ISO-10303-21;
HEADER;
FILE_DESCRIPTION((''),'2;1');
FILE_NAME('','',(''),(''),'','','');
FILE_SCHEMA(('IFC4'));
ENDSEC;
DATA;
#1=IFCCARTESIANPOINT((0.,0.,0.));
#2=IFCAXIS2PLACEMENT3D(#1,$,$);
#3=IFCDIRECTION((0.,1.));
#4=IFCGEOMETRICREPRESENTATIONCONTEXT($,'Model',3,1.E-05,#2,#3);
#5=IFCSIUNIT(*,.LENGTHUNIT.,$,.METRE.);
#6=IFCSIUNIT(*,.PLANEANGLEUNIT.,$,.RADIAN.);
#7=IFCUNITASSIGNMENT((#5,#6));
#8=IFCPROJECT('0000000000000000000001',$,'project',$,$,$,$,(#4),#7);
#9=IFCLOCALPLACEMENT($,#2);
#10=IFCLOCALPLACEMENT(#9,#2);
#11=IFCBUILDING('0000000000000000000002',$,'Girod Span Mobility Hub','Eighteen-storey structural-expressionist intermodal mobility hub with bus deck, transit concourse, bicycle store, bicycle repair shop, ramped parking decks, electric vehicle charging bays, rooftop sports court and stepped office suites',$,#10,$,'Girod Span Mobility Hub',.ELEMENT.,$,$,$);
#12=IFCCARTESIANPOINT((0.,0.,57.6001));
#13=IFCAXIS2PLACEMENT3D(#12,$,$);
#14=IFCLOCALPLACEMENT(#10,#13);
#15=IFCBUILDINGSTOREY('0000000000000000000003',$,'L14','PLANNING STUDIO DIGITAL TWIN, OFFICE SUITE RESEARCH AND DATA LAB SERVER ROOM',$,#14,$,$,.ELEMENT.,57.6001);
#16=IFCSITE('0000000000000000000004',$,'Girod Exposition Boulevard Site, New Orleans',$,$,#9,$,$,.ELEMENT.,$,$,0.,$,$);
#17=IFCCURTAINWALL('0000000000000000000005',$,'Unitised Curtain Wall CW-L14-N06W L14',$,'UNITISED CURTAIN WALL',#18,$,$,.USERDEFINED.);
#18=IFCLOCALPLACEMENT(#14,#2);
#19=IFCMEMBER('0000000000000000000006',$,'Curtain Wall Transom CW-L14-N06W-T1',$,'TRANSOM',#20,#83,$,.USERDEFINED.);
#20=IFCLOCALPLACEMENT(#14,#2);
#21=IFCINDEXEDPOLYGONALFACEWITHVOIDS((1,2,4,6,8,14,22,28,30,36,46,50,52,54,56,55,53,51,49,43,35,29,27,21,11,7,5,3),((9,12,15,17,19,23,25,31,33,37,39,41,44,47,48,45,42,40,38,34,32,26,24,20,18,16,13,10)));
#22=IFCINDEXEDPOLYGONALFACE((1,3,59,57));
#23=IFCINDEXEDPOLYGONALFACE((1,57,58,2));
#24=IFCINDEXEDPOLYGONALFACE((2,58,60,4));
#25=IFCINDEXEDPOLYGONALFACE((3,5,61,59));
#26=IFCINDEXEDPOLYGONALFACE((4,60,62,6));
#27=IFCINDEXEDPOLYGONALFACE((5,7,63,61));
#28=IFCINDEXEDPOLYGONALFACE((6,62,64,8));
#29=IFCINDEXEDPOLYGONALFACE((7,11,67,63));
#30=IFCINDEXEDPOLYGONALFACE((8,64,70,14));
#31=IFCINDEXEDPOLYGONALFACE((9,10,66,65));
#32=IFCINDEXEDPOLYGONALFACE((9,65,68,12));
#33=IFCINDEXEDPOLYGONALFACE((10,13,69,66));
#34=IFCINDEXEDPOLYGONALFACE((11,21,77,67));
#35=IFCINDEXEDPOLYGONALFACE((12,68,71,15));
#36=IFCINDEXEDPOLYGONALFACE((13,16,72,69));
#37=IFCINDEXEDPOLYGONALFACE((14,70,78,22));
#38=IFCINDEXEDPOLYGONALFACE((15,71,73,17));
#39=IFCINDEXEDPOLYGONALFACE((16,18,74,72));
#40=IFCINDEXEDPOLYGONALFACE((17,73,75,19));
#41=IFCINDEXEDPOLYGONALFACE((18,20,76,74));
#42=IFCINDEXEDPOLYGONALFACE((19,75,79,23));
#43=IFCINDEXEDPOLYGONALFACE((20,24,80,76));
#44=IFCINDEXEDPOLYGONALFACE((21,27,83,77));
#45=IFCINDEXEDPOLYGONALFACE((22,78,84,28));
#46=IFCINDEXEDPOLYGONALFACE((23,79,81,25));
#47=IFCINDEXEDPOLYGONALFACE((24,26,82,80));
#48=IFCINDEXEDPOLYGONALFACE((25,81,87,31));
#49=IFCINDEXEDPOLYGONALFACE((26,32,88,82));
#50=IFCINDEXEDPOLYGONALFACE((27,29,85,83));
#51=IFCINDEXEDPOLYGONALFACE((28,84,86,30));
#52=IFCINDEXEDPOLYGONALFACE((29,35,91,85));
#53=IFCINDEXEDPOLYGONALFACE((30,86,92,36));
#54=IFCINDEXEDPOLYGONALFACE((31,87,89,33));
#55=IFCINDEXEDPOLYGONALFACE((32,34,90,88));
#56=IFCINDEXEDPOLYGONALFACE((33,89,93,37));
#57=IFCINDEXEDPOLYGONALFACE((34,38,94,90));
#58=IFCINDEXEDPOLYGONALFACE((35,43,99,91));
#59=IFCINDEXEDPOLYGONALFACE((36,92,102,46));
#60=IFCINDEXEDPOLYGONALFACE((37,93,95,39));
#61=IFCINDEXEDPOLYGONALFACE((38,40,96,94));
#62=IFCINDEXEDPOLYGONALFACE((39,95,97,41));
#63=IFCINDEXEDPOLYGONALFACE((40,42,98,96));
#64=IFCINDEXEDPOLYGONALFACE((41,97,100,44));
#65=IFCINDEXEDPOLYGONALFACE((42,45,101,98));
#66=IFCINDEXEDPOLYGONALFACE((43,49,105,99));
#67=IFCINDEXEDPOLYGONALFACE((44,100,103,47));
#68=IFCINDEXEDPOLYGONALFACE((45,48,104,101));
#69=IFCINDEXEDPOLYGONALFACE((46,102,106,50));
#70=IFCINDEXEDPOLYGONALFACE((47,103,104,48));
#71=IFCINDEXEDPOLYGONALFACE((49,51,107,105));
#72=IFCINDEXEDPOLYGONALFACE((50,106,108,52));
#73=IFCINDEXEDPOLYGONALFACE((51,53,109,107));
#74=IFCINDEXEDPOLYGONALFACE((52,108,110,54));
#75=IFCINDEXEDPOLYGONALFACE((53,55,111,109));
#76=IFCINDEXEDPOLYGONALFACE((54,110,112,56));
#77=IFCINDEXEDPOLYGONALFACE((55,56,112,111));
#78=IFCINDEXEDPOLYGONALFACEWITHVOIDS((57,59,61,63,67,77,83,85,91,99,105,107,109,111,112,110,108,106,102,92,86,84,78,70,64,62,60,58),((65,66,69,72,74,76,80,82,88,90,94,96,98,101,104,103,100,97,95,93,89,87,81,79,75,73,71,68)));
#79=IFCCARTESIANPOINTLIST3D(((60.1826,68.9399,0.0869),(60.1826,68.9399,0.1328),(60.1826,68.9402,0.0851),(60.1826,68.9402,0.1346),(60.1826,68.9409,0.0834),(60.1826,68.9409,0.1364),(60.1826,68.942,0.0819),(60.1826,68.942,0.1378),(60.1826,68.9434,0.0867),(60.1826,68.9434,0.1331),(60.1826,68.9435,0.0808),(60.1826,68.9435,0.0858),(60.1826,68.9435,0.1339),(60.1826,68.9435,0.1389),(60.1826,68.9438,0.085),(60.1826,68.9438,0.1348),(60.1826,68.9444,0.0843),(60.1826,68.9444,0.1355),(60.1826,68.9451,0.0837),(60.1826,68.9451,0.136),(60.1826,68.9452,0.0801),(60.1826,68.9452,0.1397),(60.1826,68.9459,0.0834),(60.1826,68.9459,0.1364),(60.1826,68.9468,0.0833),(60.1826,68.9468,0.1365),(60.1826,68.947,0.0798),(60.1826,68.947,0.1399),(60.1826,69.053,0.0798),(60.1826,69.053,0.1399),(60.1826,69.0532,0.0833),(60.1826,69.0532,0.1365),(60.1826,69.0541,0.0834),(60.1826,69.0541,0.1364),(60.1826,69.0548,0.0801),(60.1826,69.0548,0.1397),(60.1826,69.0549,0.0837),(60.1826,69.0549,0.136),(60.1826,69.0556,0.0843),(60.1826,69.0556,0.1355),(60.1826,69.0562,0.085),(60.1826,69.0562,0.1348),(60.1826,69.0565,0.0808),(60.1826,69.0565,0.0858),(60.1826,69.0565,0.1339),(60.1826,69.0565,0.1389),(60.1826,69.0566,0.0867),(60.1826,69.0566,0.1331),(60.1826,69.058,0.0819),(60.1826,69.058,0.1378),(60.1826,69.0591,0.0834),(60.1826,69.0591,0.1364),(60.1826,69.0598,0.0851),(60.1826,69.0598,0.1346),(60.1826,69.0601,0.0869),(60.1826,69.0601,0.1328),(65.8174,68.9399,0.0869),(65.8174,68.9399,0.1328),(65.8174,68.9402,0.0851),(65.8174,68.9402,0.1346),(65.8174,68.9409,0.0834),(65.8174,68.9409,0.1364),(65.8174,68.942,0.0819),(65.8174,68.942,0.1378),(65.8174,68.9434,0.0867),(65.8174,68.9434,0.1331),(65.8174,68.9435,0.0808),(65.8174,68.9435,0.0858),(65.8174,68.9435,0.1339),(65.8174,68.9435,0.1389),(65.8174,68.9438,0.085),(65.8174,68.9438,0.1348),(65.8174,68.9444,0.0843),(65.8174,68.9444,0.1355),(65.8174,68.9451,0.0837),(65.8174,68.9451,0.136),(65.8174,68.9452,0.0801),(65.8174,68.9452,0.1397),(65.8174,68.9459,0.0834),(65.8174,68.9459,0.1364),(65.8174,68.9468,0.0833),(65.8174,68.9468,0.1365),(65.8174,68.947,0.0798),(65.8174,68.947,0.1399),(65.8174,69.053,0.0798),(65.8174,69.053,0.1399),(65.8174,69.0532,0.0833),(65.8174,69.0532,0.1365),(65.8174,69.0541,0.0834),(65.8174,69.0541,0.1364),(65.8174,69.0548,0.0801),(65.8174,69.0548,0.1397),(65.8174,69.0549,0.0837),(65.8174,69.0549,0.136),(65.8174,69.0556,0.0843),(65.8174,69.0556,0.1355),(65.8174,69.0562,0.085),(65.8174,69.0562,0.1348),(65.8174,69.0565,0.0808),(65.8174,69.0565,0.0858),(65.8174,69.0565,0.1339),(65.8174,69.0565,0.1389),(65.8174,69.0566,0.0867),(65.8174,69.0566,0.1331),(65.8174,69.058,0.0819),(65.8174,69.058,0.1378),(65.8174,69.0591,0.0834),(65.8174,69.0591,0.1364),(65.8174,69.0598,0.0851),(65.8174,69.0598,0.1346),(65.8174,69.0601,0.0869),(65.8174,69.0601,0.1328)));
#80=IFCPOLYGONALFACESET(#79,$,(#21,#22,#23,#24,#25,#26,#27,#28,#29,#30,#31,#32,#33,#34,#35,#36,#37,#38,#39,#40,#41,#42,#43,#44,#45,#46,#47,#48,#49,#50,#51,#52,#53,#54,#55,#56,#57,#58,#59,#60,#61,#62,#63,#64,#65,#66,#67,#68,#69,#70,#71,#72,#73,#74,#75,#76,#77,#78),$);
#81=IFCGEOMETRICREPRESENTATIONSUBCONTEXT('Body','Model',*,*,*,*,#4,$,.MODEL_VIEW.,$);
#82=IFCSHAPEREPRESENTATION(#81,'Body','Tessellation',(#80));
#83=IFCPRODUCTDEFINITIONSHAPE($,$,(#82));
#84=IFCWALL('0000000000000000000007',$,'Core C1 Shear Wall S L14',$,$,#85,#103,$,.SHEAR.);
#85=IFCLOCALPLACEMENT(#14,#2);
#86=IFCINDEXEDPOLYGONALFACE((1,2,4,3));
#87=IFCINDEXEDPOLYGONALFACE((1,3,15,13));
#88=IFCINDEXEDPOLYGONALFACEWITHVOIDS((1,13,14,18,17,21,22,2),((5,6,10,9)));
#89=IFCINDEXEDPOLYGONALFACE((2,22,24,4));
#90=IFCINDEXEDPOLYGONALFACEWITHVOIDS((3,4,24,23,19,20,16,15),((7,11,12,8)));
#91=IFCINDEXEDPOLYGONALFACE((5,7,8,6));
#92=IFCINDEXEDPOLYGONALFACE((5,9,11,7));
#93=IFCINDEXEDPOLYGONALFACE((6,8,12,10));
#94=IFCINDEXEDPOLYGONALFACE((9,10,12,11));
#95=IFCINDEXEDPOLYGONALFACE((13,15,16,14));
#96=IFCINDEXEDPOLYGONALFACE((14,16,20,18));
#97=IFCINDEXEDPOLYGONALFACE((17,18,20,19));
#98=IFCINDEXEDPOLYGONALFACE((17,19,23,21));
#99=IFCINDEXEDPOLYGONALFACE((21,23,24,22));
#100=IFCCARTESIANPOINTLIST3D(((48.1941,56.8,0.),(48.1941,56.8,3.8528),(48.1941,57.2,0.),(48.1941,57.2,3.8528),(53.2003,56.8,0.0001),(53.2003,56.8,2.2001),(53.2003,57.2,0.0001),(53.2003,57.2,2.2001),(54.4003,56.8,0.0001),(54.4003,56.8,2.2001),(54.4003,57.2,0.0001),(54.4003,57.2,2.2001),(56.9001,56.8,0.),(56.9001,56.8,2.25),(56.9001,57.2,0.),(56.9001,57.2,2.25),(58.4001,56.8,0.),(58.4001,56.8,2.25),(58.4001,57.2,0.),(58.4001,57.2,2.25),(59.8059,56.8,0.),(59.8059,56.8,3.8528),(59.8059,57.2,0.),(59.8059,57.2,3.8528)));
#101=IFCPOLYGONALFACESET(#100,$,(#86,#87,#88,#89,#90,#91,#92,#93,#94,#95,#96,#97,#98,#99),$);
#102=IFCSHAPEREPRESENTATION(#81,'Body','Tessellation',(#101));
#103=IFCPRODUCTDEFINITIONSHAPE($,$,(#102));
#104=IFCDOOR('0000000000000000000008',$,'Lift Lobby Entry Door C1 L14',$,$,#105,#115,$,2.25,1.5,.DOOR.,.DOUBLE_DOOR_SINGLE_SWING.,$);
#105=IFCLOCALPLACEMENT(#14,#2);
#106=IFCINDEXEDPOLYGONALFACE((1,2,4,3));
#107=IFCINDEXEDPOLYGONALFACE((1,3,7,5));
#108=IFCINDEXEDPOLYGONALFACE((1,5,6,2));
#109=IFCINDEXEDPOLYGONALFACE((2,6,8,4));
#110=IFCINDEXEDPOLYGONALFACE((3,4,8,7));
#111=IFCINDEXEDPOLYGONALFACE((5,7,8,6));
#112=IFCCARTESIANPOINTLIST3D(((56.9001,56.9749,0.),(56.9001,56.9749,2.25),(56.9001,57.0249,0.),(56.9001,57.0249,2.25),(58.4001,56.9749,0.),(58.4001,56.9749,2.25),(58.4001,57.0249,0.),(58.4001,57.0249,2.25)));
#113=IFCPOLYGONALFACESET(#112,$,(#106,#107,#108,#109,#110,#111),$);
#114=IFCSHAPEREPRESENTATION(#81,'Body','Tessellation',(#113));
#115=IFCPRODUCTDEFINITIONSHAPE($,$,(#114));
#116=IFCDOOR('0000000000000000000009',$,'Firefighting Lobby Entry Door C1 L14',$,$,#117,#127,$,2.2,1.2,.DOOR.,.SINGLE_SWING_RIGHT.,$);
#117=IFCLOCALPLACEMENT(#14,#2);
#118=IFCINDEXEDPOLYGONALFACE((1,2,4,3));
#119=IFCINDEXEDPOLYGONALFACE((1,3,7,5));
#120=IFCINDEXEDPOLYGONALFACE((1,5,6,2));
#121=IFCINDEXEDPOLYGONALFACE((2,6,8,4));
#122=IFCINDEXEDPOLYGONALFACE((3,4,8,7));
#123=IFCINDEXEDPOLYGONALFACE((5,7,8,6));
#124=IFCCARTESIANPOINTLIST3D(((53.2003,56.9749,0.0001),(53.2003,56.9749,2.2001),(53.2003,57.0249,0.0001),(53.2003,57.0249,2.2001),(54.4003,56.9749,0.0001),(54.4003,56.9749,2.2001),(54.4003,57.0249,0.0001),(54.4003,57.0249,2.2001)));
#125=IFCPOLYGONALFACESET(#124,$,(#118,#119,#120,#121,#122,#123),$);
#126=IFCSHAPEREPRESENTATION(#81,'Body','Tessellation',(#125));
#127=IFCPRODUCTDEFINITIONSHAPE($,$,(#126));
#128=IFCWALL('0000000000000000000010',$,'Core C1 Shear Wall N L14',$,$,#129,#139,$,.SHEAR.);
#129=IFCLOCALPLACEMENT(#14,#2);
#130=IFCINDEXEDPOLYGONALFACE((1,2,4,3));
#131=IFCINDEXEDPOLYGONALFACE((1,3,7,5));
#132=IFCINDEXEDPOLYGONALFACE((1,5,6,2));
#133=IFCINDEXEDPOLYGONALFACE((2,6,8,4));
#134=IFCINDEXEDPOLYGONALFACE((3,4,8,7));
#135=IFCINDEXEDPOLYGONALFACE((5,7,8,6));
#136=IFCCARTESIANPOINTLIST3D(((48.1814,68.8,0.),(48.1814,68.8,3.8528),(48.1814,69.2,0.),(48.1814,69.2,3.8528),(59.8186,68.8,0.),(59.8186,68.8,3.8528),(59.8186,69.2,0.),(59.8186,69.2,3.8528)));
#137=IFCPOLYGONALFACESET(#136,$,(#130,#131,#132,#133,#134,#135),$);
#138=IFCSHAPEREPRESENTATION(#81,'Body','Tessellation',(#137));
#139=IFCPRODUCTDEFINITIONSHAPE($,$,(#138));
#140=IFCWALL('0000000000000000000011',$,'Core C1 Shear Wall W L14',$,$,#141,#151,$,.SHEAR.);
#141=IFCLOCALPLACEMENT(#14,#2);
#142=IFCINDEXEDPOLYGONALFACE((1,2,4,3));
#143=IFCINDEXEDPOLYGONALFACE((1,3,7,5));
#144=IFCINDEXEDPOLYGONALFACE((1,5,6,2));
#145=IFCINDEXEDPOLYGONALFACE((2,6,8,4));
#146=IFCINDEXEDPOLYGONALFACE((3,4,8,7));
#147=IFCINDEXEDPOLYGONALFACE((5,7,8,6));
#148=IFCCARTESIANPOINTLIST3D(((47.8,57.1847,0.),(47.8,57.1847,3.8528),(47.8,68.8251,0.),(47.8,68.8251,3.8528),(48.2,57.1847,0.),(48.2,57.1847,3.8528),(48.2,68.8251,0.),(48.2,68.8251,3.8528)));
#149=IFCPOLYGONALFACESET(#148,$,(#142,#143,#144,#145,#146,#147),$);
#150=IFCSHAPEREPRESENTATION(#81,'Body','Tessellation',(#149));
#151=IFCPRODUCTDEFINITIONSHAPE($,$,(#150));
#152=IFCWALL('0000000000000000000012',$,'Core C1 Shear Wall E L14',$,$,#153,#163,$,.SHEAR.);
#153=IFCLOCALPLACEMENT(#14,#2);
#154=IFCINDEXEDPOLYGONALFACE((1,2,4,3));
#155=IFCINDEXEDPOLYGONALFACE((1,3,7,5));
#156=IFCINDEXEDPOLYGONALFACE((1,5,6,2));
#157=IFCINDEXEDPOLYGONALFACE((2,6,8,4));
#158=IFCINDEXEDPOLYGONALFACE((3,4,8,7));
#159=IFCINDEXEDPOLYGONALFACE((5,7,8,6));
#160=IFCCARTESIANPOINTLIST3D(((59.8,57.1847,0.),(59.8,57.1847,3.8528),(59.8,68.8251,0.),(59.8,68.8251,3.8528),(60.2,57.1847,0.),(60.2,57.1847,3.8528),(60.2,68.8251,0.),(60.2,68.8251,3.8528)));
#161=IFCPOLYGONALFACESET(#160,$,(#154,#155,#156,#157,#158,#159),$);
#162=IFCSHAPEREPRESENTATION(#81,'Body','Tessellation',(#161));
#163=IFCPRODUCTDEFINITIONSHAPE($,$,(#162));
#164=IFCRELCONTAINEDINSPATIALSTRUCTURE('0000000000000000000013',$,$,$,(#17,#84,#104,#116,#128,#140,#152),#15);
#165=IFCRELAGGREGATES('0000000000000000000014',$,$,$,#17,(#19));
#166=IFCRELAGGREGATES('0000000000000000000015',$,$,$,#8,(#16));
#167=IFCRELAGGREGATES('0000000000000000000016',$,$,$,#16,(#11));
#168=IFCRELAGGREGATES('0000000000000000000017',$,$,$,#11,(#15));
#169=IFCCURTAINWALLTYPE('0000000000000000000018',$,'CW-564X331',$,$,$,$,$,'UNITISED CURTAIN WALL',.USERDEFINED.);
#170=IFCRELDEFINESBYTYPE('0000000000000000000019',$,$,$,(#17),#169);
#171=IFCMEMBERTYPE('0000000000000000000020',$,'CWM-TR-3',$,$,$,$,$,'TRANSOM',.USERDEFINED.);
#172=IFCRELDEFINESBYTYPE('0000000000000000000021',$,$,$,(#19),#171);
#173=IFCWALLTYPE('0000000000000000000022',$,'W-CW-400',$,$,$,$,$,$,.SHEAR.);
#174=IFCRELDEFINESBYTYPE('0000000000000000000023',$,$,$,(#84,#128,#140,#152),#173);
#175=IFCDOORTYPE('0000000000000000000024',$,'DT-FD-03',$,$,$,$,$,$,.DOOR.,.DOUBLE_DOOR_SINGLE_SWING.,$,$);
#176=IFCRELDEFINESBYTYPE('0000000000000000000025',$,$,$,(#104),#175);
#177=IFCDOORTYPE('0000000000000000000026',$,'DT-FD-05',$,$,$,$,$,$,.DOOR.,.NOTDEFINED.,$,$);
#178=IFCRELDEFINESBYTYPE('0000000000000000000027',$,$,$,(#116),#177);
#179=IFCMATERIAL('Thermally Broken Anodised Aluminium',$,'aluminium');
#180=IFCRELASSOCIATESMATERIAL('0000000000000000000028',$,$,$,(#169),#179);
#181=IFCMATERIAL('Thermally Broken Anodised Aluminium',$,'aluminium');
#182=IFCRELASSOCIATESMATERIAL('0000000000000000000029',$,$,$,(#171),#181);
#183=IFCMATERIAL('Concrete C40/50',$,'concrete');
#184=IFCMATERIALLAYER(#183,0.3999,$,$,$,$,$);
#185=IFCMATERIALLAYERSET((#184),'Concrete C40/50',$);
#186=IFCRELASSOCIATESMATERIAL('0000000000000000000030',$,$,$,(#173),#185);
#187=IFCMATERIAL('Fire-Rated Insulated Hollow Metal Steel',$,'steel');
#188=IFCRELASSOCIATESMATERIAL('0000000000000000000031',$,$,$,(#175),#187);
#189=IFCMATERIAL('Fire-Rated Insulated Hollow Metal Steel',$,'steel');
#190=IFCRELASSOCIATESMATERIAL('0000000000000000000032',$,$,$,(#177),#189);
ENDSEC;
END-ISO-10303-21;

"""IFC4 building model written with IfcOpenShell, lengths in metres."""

from ifc_helpers import new_model, si_unit, direction, frame, frame_2d, origin, origin_2d, place, context, subcontext, project, spatial, rectangle, hollow_rectangle, extrude, material, layer, layer_set, material_profile, profile_set, type_object, element, fill, aggregate, save


model = new_model("IFC4")

# Units and contexts
model_context = context("Model", 3, precision=1e-05, world=origin(), true_north=direction((0.0, 1.0)))
body_context = subcontext(model_context, "Body", "Model", "MODEL_VIEW")
ifc_project = project(units=[si_unit("LENGTHUNIT", "METRE"), si_unit("PLANEANGLEUNIT", "RADIAN")], contexts=[model_context])

# Site, building, storey
site_placement = place(None, origin())
site = spatial("IfcSite", under=ifc_project, at=site_placement, Name="Girod Exposition Boulevard Site, New Orleans", CompositionType="ELEMENT", RefElevation=0.0)
building_placement = place(site_placement, origin())
building = spatial("IfcBuilding", under=site, at=building_placement, Name="Girod Span Mobility Hub", Description="Eighteen-storey structural-expressionist intermodal mobility hub with bus deck, transit concourse, bicycle store, bicycle repair shop, ramped parking decks, electric vehicle charging bays, rooftop sports court and stepped office suites", LongName="Girod Span Mobility Hub", CompositionType="ELEMENT")
storey_placement = place(building_placement, frame((0.0, 0.0, 57.6001)))
storey = spatial("IfcBuildingStorey", under=building, at=storey_placement, Name="L14", Description="PLANNING STUDIO DIGITAL TWIN, OFFICE SUITE RESEARCH AND DATA LAB SERVER ROOM", CompositionType="ELEMENT", Elevation=57.6001)

# Curtain wall, member
ifc_material_1 = material(Name="Thermally Broken Anodised Aluminium", Category="aluminium")
curtain_wall_type_1 = type_object("IfcCurtainWallType", Name="CW-564X331", ElementType="UNITISED CURTAIN WALL", PredefinedType="USERDEFINED", material=ifc_material_1)
curtain_wall_1_placement = place(storey_placement, origin())
curtain_wall_1 = element("IfcCurtainWall", 1, at=curtain_wall_1_placement, inside=storey, type_object=curtain_wall_type_1, Name="Unitised Curtain Wall CW-L14-N06W L14", ObjectType="UNITISED CURTAIN WALL", PredefinedType="USERDEFINED")
ifc_material_2 = material(Name="Thermally Broken Anodised Aluminium", Category="aluminium")
ifc_material_profile_1 = material_profile(ifc_material_2, hollow_rectangle(XDim=0.1201, YDim=0.0601, WallThickness=0.0034, InnerFilletRadius=0.0034, OuterFilletRadius=0.0071, at=origin_2d()), Name="CW-TR-60X120")
ifc_profile_set_1 = profile_set([ifc_material_profile_1], Name="Thermally Broken Anodised Aluminium")
member_type_1 = type_object("IfcMemberType", Name="CWM-TR-3", ElementType="TRANSOM", PredefinedType="USERDEFINED", material=ifc_profile_set_1)
member_1_placement = place(storey_placement, frame((60.1826, 69.0, 0.1099), z_axis=(1.0, 0.0, 0.0), x_axis=(0.0, 1.0, 0.0)))
member_1 = element("IfcMember", 2, at=member_1_placement, type_object=member_type_1, Name="Curtain Wall Transom CW-L14-N06W-T1", ObjectType="TRANSOM", PredefinedType="USERDEFINED", context=body_context, shape_type="SweptSolid", body=[
    extrude(hollow_rectangle(XDim=0.1201, YDim=0.0601, WallThickness=0.0034, InnerFilletRadius=0.0034, OuterFilletRadius=0.0071, at=origin_2d()), origin(), (0.0, 0.0, 1.0), 5.6348),
])
aggregate(curtain_wall_1, [member_1])

# Wall, openings, doors
ifc_material_3 = material(Name="Concrete C40/50", Category="concrete")
ifc_layer_1 = layer(ifc_material_3, 0.3999)
ifc_layer_set_1 = layer_set([ifc_layer_1], Name="Concrete C40/50")
wall_type_1 = type_object("IfcWallType", Name="W-CW-400", PredefinedType="SHEAR", material=ifc_layer_set_1)
wall_1_placement = place(storey_placement, frame((48.1941, 57.0, 0.0), z_axis=(0.0, 0.0, 1.0), x_axis=(1.0, 0.0, 0.0)))
wall_1 = element("IfcWall", 3, at=wall_1_placement, inside=storey, type_object=wall_type_1, Name="Core C1 Shear Wall S L14", PredefinedType="SHEAR", context=body_context, shape_type="SweptSolid", body=[
    extrude(rectangle(XDim=11.6118, YDim=0.3999, at=frame_2d((5.8059, 0.0))), origin(), (0.0, 0.0, 1.0), 3.8528),
])
opening_1_placement = place(wall_1_placement, frame((5.0061, 0.0, 0.0)))
opening_1 = element("IfcOpeningElement", 4, at=opening_1_placement, cuts=wall_1, PredefinedType="OPENING", context=body_context, shape_type="SweptSolid", body=[
    extrude(rectangle(XDim=1.2, YDim=2.2, at=frame_2d((0.6001, 1.1001))), frame((0.0, 0.2148, 0.0), z_axis=(0.0, -1.0, 0.0), x_axis=(1.0, 0.0, 0.0)), (0.0, 0.0, 1.0), 0.4299),
])
opening_2_placement = place(wall_1_placement, frame((8.7061, 0.0, 0.0)))
opening_2 = element("IfcOpeningElement", 5, at=opening_2_placement, cuts=wall_1, PredefinedType="OPENING", context=body_context, shape_type="SweptSolid", body=[
    extrude(rectangle(XDim=1.5, YDim=2.25, at=frame_2d((0.75, 1.125))), frame((0.0, 0.2148, 0.0), z_axis=(0.0, -1.0, 0.0), x_axis=(1.0, 0.0, 0.0)), (0.0, 0.0, 1.0), 0.4299),
])
ifc_material_4 = material(Name="Fire-Rated Insulated Hollow Metal Steel", Category="steel")
door_type_1 = type_object("IfcDoorType", Name="DT-FD-03", OperationType="DOUBLE_DOOR_SINGLE_SWING", PredefinedType="DOOR", material=ifc_material_4)
door_1_placement = place(opening_2_placement, origin())
door_1 = element("IfcDoor", 6, at=door_1_placement, inside=storey, type_object=door_type_1, Name="Lift Lobby Entry Door C1 L14", OperationType="DOUBLE_DOOR_SINGLE_SWING", OverallHeight=2.25, OverallWidth=1.5, PredefinedType="DOOR", context=body_context, shape_type="SweptSolid", body=[
    extrude(rectangle(XDim=1.5, YDim=2.25, at=frame_2d((0.75, 1.125))), frame((0.0, 0.0249, 0.0), z_axis=(0.0, -1.0, 0.0), x_axis=(1.0, 0.0, 0.0)), (0.0, 0.0, 1.0), 0.05),
])
fill(opening_2, door_1)
ifc_material_5 = material(Name="Fire-Rated Insulated Hollow Metal Steel", Category="steel")
door_type_2 = type_object("IfcDoorType", Name="DT-FD-05", OperationType="NOTDEFINED", PredefinedType="DOOR", material=ifc_material_5)
door_2_placement = place(opening_1_placement, origin())
door_2 = element("IfcDoor", 7, at=door_2_placement, inside=storey, type_object=door_type_2, Name="Firefighting Lobby Entry Door C1 L14", OperationType="SINGLE_SWING_RIGHT", OverallHeight=2.2, OverallWidth=1.2, PredefinedType="DOOR", context=body_context, shape_type="SweptSolid", body=[
    extrude(rectangle(XDim=1.2, YDim=2.2, at=frame_2d((0.6001, 1.1001))), frame((0.0, 0.0249, 0.0), z_axis=(0.0, -1.0, 0.0), x_axis=(1.0, 0.0, 0.0)), (0.0, 0.0, 1.0), 0.05),
])
fill(opening_1, door_2)

# Walls
wall_2_placement = place(storey_placement, frame((48.1814, 69.0, 0.0), z_axis=(0.0, 0.0, 1.0), x_axis=(1.0, 0.0, 0.0)))
element("IfcWall", 8, at=wall_2_placement, inside=storey, type_object=wall_type_1, Name="Core C1 Shear Wall N L14", PredefinedType="SHEAR", context=body_context, shape_type="SweptSolid", body=[
    extrude(rectangle(XDim=11.6372, YDim=0.3999, at=frame_2d((5.8186, 0.0))), origin(), (0.0, 0.0, 1.0), 3.8528),
])
for number, where, z_axis, x_axis, name in (
    (9, (48.0, 57.1846, 0.0), (0.0, 0.0, 1.0), (0.0, 1.0, 0.0), "Core C1 Shear Wall W L14"),
    (10, (60.0, 57.1846, 0.0), (0.0, 0.0, 1.0), (0.0, 1.0, 0.0), "Core C1 Shear Wall E L14"),
):
    element("IfcWall", number, at=place(storey_placement, frame(where, z_axis=z_axis, x_axis=x_axis)), inside=storey, type_object=wall_type_1, Name=name, PredefinedType="SHEAR", context=body_context, shape_type="SweptSolid", body=[
        extrude(rectangle(XDim=11.6404, YDim=0.3999, at=frame_2d((5.8203, 0.0))), origin(), (0.0, 0.0, 1.0), 3.8528),
    ])

save(model, "model.ifc")
